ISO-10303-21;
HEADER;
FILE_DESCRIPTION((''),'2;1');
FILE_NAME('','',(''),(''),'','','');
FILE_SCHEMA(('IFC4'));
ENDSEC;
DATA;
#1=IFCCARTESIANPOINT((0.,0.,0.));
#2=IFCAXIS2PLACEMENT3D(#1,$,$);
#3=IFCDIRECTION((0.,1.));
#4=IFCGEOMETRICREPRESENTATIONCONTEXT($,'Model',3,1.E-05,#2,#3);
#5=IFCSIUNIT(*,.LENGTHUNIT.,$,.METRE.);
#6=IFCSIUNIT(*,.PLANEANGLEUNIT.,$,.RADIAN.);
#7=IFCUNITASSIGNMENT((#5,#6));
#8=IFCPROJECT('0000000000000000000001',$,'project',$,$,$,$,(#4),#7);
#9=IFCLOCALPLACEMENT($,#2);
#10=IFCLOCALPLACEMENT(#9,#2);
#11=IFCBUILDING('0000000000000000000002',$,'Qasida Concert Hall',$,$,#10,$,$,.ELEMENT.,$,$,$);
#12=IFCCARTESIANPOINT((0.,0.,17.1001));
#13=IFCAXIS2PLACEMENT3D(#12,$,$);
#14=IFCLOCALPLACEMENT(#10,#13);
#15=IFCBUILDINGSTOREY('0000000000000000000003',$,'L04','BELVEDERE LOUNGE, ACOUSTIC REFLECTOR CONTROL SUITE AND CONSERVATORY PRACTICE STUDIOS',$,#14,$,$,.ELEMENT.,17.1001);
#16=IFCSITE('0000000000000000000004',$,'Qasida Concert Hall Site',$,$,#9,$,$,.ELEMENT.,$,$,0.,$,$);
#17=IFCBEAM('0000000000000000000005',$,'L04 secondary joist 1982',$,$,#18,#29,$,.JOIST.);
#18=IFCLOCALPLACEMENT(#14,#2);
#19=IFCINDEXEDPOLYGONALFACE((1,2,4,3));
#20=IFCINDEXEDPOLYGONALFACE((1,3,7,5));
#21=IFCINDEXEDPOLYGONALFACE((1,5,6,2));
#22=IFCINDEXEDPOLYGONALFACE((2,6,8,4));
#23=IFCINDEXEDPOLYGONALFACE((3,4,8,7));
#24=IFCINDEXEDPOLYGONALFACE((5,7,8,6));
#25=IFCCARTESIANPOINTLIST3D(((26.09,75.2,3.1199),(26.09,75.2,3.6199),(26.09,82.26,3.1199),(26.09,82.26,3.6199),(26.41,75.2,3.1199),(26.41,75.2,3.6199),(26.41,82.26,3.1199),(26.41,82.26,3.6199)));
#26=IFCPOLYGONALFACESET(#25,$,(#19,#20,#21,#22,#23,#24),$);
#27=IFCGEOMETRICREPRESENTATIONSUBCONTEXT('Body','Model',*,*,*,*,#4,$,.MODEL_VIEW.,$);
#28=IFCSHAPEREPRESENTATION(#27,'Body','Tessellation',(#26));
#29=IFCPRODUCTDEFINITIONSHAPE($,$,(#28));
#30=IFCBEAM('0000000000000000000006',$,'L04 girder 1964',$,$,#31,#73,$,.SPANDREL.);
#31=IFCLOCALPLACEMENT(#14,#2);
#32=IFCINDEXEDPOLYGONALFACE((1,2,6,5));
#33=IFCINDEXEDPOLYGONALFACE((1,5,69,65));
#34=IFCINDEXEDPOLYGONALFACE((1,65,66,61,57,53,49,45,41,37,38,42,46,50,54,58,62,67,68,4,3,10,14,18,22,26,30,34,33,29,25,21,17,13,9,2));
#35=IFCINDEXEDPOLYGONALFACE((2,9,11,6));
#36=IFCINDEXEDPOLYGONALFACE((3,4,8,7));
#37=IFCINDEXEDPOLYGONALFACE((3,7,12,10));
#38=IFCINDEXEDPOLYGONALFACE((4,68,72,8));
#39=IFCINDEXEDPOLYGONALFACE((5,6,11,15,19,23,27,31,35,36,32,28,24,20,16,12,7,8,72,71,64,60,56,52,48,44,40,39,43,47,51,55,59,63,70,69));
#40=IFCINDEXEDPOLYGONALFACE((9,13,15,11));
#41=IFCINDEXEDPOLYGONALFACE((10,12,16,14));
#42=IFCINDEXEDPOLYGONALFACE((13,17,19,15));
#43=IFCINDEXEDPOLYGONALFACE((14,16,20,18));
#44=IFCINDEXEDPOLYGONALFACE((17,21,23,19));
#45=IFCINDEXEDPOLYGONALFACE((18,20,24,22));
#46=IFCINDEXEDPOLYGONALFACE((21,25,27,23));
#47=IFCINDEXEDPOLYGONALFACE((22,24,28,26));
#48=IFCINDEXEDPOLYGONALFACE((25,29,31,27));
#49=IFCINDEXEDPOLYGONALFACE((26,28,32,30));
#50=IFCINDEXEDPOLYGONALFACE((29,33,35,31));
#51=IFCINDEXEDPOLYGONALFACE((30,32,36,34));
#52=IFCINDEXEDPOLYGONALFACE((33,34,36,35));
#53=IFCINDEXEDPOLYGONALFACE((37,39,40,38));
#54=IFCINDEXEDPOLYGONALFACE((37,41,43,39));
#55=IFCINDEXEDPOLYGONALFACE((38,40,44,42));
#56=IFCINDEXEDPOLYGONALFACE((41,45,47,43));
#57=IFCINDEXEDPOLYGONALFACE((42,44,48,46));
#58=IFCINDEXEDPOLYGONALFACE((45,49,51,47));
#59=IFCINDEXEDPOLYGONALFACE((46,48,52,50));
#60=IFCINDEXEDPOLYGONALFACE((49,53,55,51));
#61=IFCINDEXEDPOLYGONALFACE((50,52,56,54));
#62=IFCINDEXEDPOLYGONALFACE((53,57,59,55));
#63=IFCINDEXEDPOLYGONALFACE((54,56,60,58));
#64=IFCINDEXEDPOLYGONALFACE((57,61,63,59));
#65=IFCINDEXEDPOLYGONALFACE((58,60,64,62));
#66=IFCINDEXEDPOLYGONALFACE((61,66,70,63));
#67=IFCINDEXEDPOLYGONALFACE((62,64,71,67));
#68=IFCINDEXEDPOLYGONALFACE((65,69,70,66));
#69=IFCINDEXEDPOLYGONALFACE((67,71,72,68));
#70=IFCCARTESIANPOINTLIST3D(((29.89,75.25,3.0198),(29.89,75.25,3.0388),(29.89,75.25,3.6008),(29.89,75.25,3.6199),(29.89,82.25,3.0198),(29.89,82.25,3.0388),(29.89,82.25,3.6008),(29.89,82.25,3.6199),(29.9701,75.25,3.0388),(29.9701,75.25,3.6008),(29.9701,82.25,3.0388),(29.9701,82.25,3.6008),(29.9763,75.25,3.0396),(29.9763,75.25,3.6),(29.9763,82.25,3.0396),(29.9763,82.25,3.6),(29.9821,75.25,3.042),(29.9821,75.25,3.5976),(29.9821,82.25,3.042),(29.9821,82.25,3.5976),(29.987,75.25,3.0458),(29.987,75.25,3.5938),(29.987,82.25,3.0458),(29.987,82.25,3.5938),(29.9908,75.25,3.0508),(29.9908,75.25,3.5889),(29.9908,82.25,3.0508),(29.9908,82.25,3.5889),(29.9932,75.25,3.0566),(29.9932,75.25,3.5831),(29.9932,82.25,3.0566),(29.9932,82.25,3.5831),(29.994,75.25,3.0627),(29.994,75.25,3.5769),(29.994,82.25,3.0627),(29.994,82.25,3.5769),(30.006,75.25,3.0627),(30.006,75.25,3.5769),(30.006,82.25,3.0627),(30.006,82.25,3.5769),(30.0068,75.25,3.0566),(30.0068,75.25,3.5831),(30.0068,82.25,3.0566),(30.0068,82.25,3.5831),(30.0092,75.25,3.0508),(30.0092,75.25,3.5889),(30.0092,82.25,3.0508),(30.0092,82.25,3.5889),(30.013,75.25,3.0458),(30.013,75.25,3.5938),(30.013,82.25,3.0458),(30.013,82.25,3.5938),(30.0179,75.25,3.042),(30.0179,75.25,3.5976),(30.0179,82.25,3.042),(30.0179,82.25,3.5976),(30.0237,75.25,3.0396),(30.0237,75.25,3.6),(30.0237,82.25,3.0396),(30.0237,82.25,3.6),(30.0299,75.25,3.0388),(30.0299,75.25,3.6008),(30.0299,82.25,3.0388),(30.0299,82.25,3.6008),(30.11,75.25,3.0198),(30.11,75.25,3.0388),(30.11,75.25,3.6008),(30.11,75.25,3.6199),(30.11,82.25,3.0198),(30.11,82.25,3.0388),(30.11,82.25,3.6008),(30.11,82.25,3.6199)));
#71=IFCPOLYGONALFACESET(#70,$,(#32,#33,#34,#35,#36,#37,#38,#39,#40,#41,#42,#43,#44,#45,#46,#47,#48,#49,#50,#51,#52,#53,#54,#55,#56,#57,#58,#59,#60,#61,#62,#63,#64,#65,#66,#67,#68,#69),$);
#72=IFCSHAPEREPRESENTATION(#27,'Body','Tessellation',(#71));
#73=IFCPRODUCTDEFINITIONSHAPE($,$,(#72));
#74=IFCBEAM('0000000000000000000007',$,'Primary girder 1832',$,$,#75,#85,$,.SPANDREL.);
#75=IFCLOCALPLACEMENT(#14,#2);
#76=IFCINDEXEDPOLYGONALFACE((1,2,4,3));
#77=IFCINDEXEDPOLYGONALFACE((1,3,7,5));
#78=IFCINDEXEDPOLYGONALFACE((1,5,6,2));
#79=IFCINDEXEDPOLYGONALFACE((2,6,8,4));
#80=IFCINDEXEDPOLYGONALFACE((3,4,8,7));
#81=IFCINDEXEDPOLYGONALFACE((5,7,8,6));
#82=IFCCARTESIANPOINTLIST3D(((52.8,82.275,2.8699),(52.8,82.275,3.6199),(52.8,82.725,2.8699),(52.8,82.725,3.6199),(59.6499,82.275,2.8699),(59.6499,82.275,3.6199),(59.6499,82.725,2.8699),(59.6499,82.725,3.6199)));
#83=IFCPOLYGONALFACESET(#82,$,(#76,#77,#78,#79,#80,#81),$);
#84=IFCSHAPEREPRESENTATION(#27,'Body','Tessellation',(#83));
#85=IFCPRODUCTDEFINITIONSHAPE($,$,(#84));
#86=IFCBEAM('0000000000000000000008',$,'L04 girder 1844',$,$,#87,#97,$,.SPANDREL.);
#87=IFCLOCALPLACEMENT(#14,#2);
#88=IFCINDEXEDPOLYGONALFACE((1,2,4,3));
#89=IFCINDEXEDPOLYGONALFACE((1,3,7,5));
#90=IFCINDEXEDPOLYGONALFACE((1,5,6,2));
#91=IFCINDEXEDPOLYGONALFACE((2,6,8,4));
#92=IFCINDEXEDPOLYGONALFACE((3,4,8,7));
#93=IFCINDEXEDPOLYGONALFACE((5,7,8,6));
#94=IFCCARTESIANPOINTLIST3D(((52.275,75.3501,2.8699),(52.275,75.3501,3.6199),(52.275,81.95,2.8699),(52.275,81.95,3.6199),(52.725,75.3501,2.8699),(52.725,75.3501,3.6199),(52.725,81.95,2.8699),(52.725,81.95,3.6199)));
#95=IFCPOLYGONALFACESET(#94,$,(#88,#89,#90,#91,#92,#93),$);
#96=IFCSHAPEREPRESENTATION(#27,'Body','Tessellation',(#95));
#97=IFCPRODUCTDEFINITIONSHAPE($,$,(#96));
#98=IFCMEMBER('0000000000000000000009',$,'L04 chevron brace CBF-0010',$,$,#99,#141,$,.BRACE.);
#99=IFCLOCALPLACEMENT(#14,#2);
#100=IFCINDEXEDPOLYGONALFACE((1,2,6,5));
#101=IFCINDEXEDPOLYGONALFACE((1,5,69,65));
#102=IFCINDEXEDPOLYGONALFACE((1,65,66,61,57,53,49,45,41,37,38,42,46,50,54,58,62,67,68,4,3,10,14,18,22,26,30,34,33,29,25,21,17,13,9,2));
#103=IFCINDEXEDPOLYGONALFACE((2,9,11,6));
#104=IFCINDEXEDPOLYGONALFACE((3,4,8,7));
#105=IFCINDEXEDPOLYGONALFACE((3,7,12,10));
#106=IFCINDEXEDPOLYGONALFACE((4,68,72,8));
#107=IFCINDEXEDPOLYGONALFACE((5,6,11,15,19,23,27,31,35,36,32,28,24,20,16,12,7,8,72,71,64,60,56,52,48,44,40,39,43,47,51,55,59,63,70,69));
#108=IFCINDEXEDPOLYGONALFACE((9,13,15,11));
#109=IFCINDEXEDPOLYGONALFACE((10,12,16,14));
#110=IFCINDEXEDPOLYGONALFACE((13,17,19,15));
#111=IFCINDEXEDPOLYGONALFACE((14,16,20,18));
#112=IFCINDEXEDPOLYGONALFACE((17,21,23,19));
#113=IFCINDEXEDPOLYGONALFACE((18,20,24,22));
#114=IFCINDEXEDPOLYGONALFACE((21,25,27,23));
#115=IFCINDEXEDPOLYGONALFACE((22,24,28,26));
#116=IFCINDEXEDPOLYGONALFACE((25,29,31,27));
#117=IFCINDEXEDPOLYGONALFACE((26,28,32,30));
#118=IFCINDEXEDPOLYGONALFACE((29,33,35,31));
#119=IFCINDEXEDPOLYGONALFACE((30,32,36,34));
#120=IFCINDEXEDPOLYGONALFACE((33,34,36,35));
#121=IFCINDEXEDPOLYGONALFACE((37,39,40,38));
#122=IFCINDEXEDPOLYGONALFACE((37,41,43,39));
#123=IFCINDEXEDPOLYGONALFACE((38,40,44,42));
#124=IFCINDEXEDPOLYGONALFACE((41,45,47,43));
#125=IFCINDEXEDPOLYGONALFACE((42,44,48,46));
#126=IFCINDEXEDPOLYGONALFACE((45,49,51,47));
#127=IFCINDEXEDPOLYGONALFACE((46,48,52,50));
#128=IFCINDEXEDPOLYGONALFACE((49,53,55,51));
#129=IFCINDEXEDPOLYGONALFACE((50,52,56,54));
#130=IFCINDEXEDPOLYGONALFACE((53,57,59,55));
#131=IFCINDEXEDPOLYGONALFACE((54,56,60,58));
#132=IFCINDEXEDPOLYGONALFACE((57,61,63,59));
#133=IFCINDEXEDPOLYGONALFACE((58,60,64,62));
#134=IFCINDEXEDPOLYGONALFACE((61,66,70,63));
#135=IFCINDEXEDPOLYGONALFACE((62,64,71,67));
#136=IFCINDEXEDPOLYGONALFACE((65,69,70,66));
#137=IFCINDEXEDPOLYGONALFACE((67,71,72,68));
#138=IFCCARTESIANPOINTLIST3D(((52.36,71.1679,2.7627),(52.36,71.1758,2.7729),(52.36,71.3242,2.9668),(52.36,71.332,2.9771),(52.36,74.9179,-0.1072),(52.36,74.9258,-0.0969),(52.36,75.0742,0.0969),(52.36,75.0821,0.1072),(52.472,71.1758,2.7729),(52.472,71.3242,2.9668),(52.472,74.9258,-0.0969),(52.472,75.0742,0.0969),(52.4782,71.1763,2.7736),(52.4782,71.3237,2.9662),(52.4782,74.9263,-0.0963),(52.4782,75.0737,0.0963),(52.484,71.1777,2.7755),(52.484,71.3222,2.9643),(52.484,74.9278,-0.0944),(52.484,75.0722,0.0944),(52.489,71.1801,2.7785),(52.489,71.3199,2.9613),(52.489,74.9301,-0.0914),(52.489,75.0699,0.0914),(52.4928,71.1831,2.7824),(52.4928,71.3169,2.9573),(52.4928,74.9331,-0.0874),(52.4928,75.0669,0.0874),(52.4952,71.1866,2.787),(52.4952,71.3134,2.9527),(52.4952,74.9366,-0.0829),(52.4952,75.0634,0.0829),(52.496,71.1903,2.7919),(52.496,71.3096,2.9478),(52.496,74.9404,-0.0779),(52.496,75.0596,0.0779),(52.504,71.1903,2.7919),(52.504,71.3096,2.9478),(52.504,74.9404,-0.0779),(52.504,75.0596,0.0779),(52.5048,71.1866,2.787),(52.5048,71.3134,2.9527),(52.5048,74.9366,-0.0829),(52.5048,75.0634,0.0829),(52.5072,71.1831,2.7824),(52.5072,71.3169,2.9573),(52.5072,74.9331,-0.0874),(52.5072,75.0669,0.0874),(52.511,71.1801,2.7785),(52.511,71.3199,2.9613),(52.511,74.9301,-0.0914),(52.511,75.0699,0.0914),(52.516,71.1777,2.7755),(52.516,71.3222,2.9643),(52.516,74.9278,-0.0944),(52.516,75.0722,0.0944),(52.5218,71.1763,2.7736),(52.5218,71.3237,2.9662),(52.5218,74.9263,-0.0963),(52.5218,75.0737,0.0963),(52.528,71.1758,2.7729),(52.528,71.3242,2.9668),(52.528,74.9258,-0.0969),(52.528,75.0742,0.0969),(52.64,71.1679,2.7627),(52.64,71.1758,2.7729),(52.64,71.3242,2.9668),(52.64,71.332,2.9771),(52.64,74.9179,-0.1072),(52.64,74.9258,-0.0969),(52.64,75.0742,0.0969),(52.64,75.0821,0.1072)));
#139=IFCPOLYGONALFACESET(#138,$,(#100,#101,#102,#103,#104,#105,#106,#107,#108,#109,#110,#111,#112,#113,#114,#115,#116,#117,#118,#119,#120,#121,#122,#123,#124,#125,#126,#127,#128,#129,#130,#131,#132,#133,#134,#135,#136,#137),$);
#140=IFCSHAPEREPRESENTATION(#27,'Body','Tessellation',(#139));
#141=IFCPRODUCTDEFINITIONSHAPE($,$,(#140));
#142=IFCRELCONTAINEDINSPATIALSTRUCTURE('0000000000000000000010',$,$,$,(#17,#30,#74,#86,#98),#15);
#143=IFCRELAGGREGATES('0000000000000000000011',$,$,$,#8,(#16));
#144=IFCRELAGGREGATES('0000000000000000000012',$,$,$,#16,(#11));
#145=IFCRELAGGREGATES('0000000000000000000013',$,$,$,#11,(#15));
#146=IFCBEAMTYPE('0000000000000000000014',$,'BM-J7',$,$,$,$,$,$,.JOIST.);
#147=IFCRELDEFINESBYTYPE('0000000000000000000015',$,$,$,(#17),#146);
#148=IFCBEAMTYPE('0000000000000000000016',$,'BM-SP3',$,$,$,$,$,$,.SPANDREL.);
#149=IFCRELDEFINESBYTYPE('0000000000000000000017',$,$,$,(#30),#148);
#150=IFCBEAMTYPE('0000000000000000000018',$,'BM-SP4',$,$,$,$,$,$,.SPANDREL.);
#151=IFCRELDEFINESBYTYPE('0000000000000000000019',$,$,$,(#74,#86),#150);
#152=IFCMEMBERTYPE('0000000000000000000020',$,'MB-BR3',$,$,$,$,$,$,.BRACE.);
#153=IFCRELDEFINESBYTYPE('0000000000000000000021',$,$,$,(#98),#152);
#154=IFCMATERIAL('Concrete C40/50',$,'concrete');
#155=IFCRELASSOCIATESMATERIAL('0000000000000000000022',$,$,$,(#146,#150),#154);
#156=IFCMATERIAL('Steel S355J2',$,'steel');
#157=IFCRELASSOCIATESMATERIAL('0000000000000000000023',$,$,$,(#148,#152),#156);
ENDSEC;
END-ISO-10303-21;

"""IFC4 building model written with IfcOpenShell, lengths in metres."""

from ifc_helpers import new_model, si_unit, direction, frame, origin, origin_2d, place, context, subcontext, project, spatial, rectangle, i_section, extrude, material, material_profile, profile_set, type_object, element, save


model = new_model("IFC4")

# Units and contexts
model_context = context("Model", 3, precision=1e-05, world=origin(), true_north=direction((0.0, 1.0)))
body_context = subcontext(model_context, "Body", "Model", "MODEL_VIEW")
ifc_project = project(units=[si_unit("LENGTHUNIT", "METRE"), si_unit("PLANEANGLEUNIT", "RADIAN")], contexts=[model_context])

# Site, building, storey
site_placement = place(None, origin())
site = spatial("IfcSite", under=ifc_project, at=site_placement, Name="Qasida Concert Hall Site", CompositionType="ELEMENT", RefElevation=0.0)
building_placement = place(site_placement, origin())
building = spatial("IfcBuilding", under=site, at=building_placement, Name="Qasida Concert Hall", CompositionType="ELEMENT")
storey_placement = place(building_placement, frame((0.0, 0.0, 17.1001)))
storey = spatial("IfcBuildingStorey", under=building, at=storey_placement, Name="L04", Description="BELVEDERE LOUNGE, ACOUSTIC REFLECTOR CONTROL SUITE AND CONSERVATORY PRACTICE STUDIOS", CompositionType="ELEMENT", Elevation=17.1001)

# Beams
ifc_material_1 = material(Name="Steel S355J2", Category="steel")
ifc_material_2 = material(Name="Concrete C40/50", Category="concrete")
ifc_material_profile_1 = material_profile(ifc_material_2, rectangle(XDim=0.3201, YDim=0.5, at=origin_2d()), Name="RC 320x500")
ifc_profile_set_1 = profile_set([ifc_material_profile_1], Name="Concrete C40/50")
beam_type_1 = type_object("IfcBeamType", Name="BM-J7", PredefinedType="JOIST", material=ifc_profile_set_1)
beam_1_placement = place(storey_placement, frame((26.25, 75.2, 3.3699), z_axis=(0.0, 1.0, 0.0), x_axis=(-1.0, 0.0, 0.0)))
element("IfcBeam", 1, at=beam_1_placement, inside=storey, type_object=beam_type_1, Name="L04 secondary joist 1982", PredefinedType="JOIST", context=body_context, shape_type="SweptSolid", body=[
    extrude(rectangle(XDim=0.3201, YDim=0.5, at=origin_2d()), origin(), (0.0, 0.0, 1.0), 7.0601),
])
ifc_material_profile_2 = material_profile(ifc_material_1, i_section(OverallWidth=0.22, OverallDepth=0.6001, WebThickness=0.012, FlangeThickness=0.019, FilletRadius=0.0239, at=origin_2d()), Name="IPE 600")
ifc_profile_set_2 = profile_set([ifc_material_profile_2], Name="Steel S355J2")
beam_type_2 = type_object("IfcBeamType", Name="BM-SP3", PredefinedType="SPANDREL", material=ifc_profile_set_2)
beam_2_placement = place(storey_placement, frame((30.0, 75.25, 3.3198), z_axis=(0.0, 1.0, 0.0), x_axis=(-1.0, 0.0, 0.0)))
element("IfcBeam", 2, at=beam_2_placement, inside=storey, type_object=beam_type_2, Name="L04 girder 1964", PredefinedType="SPANDREL", context=body_context, shape_type="SweptSolid", body=[
    extrude(i_section(OverallWidth=0.22, OverallDepth=0.6001, WebThickness=0.012, FlangeThickness=0.019, FilletRadius=0.0239, at=origin_2d()), origin(), (0.0, 0.0, 1.0), 7.0),
])
ifc_material_profile_3 = material_profile(ifc_material_2, rectangle(XDim=0.45, YDim=0.75, at=origin_2d()), Name="RC 450x750")
ifc_profile_set_3 = profile_set([ifc_material_profile_3], Name="Concrete C40/50")
beam_type_3 = type_object("IfcBeamType", Name="BM-SP4", PredefinedType="SPANDREL", material=ifc_profile_set_3)
beam_3_placement = place(storey_placement, frame((52.8, 82.5, 3.2449), z_axis=(1.0, 0.0, 0.0), x_axis=(0.0, 1.0, 0.0)))
element("IfcBeam", 3, at=beam_3_placement, inside=storey, type_object=beam_type_3, Name="Primary girder 1832", PredefinedType="SPANDREL", context=body_context, shape_type="SweptSolid", body=[
    extrude(rectangle(XDim=0.45, YDim=0.75, at=origin_2d()), origin(), (0.0, 0.0, 1.0), 6.8499),
])
beam_4_placement = place(storey_placement, frame((52.5, 75.3501, 3.2449), z_axis=(0.0, 1.0, 0.0), x_axis=(-1.0, 0.0, 0.0)))
element("IfcBeam", 4, at=beam_4_placement, inside=storey, type_object=beam_type_3, Name="L04 girder 1844", PredefinedType="SPANDREL", context=body_context, shape_type="SweptSolid", body=[
    extrude(rectangle(XDim=0.45, YDim=0.75, at=origin_2d()), origin(), (0.0, 0.0, 1.0), 6.5999),
])

# Member
ifc_material_profile_4 = material_profile(ifc_material_1, i_section(OverallWidth=0.28, OverallDepth=0.27, WebThickness=0.0081, FlangeThickness=0.0129, FilletRadius=0.0239, at=origin_2d()), Name="HEA 280")
ifc_profile_set_4 = profile_set([ifc_material_profile_4], Name="Steel S355J2")
member_type = type_object("IfcMemberType", Name="MB-BR3", PredefinedType="BRACE", material=ifc_profile_set_4)
member_placement = place(storey_placement, frame((52.5, 75.0, 0.0), z_axis=(0.0, -0.79413, 0.607748), x_axis=(1.0, 0.0, 0.0)))
element("IfcMember", 5, at=member_placement, inside=storey, type_object=member_type, Name="L04 chevron brace CBF-0010", PredefinedType="BRACE", context=body_context, shape_type="SweptSolid", body=[
    extrude(i_section(OverallWidth=0.28, OverallDepth=0.27, WebThickness=0.0081, FlangeThickness=0.0129, FilletRadius=0.0239, at=origin_2d()), origin(), (0.0, 0.0, 1.0), 4.7222),
])

save(model, "model.ifc")
